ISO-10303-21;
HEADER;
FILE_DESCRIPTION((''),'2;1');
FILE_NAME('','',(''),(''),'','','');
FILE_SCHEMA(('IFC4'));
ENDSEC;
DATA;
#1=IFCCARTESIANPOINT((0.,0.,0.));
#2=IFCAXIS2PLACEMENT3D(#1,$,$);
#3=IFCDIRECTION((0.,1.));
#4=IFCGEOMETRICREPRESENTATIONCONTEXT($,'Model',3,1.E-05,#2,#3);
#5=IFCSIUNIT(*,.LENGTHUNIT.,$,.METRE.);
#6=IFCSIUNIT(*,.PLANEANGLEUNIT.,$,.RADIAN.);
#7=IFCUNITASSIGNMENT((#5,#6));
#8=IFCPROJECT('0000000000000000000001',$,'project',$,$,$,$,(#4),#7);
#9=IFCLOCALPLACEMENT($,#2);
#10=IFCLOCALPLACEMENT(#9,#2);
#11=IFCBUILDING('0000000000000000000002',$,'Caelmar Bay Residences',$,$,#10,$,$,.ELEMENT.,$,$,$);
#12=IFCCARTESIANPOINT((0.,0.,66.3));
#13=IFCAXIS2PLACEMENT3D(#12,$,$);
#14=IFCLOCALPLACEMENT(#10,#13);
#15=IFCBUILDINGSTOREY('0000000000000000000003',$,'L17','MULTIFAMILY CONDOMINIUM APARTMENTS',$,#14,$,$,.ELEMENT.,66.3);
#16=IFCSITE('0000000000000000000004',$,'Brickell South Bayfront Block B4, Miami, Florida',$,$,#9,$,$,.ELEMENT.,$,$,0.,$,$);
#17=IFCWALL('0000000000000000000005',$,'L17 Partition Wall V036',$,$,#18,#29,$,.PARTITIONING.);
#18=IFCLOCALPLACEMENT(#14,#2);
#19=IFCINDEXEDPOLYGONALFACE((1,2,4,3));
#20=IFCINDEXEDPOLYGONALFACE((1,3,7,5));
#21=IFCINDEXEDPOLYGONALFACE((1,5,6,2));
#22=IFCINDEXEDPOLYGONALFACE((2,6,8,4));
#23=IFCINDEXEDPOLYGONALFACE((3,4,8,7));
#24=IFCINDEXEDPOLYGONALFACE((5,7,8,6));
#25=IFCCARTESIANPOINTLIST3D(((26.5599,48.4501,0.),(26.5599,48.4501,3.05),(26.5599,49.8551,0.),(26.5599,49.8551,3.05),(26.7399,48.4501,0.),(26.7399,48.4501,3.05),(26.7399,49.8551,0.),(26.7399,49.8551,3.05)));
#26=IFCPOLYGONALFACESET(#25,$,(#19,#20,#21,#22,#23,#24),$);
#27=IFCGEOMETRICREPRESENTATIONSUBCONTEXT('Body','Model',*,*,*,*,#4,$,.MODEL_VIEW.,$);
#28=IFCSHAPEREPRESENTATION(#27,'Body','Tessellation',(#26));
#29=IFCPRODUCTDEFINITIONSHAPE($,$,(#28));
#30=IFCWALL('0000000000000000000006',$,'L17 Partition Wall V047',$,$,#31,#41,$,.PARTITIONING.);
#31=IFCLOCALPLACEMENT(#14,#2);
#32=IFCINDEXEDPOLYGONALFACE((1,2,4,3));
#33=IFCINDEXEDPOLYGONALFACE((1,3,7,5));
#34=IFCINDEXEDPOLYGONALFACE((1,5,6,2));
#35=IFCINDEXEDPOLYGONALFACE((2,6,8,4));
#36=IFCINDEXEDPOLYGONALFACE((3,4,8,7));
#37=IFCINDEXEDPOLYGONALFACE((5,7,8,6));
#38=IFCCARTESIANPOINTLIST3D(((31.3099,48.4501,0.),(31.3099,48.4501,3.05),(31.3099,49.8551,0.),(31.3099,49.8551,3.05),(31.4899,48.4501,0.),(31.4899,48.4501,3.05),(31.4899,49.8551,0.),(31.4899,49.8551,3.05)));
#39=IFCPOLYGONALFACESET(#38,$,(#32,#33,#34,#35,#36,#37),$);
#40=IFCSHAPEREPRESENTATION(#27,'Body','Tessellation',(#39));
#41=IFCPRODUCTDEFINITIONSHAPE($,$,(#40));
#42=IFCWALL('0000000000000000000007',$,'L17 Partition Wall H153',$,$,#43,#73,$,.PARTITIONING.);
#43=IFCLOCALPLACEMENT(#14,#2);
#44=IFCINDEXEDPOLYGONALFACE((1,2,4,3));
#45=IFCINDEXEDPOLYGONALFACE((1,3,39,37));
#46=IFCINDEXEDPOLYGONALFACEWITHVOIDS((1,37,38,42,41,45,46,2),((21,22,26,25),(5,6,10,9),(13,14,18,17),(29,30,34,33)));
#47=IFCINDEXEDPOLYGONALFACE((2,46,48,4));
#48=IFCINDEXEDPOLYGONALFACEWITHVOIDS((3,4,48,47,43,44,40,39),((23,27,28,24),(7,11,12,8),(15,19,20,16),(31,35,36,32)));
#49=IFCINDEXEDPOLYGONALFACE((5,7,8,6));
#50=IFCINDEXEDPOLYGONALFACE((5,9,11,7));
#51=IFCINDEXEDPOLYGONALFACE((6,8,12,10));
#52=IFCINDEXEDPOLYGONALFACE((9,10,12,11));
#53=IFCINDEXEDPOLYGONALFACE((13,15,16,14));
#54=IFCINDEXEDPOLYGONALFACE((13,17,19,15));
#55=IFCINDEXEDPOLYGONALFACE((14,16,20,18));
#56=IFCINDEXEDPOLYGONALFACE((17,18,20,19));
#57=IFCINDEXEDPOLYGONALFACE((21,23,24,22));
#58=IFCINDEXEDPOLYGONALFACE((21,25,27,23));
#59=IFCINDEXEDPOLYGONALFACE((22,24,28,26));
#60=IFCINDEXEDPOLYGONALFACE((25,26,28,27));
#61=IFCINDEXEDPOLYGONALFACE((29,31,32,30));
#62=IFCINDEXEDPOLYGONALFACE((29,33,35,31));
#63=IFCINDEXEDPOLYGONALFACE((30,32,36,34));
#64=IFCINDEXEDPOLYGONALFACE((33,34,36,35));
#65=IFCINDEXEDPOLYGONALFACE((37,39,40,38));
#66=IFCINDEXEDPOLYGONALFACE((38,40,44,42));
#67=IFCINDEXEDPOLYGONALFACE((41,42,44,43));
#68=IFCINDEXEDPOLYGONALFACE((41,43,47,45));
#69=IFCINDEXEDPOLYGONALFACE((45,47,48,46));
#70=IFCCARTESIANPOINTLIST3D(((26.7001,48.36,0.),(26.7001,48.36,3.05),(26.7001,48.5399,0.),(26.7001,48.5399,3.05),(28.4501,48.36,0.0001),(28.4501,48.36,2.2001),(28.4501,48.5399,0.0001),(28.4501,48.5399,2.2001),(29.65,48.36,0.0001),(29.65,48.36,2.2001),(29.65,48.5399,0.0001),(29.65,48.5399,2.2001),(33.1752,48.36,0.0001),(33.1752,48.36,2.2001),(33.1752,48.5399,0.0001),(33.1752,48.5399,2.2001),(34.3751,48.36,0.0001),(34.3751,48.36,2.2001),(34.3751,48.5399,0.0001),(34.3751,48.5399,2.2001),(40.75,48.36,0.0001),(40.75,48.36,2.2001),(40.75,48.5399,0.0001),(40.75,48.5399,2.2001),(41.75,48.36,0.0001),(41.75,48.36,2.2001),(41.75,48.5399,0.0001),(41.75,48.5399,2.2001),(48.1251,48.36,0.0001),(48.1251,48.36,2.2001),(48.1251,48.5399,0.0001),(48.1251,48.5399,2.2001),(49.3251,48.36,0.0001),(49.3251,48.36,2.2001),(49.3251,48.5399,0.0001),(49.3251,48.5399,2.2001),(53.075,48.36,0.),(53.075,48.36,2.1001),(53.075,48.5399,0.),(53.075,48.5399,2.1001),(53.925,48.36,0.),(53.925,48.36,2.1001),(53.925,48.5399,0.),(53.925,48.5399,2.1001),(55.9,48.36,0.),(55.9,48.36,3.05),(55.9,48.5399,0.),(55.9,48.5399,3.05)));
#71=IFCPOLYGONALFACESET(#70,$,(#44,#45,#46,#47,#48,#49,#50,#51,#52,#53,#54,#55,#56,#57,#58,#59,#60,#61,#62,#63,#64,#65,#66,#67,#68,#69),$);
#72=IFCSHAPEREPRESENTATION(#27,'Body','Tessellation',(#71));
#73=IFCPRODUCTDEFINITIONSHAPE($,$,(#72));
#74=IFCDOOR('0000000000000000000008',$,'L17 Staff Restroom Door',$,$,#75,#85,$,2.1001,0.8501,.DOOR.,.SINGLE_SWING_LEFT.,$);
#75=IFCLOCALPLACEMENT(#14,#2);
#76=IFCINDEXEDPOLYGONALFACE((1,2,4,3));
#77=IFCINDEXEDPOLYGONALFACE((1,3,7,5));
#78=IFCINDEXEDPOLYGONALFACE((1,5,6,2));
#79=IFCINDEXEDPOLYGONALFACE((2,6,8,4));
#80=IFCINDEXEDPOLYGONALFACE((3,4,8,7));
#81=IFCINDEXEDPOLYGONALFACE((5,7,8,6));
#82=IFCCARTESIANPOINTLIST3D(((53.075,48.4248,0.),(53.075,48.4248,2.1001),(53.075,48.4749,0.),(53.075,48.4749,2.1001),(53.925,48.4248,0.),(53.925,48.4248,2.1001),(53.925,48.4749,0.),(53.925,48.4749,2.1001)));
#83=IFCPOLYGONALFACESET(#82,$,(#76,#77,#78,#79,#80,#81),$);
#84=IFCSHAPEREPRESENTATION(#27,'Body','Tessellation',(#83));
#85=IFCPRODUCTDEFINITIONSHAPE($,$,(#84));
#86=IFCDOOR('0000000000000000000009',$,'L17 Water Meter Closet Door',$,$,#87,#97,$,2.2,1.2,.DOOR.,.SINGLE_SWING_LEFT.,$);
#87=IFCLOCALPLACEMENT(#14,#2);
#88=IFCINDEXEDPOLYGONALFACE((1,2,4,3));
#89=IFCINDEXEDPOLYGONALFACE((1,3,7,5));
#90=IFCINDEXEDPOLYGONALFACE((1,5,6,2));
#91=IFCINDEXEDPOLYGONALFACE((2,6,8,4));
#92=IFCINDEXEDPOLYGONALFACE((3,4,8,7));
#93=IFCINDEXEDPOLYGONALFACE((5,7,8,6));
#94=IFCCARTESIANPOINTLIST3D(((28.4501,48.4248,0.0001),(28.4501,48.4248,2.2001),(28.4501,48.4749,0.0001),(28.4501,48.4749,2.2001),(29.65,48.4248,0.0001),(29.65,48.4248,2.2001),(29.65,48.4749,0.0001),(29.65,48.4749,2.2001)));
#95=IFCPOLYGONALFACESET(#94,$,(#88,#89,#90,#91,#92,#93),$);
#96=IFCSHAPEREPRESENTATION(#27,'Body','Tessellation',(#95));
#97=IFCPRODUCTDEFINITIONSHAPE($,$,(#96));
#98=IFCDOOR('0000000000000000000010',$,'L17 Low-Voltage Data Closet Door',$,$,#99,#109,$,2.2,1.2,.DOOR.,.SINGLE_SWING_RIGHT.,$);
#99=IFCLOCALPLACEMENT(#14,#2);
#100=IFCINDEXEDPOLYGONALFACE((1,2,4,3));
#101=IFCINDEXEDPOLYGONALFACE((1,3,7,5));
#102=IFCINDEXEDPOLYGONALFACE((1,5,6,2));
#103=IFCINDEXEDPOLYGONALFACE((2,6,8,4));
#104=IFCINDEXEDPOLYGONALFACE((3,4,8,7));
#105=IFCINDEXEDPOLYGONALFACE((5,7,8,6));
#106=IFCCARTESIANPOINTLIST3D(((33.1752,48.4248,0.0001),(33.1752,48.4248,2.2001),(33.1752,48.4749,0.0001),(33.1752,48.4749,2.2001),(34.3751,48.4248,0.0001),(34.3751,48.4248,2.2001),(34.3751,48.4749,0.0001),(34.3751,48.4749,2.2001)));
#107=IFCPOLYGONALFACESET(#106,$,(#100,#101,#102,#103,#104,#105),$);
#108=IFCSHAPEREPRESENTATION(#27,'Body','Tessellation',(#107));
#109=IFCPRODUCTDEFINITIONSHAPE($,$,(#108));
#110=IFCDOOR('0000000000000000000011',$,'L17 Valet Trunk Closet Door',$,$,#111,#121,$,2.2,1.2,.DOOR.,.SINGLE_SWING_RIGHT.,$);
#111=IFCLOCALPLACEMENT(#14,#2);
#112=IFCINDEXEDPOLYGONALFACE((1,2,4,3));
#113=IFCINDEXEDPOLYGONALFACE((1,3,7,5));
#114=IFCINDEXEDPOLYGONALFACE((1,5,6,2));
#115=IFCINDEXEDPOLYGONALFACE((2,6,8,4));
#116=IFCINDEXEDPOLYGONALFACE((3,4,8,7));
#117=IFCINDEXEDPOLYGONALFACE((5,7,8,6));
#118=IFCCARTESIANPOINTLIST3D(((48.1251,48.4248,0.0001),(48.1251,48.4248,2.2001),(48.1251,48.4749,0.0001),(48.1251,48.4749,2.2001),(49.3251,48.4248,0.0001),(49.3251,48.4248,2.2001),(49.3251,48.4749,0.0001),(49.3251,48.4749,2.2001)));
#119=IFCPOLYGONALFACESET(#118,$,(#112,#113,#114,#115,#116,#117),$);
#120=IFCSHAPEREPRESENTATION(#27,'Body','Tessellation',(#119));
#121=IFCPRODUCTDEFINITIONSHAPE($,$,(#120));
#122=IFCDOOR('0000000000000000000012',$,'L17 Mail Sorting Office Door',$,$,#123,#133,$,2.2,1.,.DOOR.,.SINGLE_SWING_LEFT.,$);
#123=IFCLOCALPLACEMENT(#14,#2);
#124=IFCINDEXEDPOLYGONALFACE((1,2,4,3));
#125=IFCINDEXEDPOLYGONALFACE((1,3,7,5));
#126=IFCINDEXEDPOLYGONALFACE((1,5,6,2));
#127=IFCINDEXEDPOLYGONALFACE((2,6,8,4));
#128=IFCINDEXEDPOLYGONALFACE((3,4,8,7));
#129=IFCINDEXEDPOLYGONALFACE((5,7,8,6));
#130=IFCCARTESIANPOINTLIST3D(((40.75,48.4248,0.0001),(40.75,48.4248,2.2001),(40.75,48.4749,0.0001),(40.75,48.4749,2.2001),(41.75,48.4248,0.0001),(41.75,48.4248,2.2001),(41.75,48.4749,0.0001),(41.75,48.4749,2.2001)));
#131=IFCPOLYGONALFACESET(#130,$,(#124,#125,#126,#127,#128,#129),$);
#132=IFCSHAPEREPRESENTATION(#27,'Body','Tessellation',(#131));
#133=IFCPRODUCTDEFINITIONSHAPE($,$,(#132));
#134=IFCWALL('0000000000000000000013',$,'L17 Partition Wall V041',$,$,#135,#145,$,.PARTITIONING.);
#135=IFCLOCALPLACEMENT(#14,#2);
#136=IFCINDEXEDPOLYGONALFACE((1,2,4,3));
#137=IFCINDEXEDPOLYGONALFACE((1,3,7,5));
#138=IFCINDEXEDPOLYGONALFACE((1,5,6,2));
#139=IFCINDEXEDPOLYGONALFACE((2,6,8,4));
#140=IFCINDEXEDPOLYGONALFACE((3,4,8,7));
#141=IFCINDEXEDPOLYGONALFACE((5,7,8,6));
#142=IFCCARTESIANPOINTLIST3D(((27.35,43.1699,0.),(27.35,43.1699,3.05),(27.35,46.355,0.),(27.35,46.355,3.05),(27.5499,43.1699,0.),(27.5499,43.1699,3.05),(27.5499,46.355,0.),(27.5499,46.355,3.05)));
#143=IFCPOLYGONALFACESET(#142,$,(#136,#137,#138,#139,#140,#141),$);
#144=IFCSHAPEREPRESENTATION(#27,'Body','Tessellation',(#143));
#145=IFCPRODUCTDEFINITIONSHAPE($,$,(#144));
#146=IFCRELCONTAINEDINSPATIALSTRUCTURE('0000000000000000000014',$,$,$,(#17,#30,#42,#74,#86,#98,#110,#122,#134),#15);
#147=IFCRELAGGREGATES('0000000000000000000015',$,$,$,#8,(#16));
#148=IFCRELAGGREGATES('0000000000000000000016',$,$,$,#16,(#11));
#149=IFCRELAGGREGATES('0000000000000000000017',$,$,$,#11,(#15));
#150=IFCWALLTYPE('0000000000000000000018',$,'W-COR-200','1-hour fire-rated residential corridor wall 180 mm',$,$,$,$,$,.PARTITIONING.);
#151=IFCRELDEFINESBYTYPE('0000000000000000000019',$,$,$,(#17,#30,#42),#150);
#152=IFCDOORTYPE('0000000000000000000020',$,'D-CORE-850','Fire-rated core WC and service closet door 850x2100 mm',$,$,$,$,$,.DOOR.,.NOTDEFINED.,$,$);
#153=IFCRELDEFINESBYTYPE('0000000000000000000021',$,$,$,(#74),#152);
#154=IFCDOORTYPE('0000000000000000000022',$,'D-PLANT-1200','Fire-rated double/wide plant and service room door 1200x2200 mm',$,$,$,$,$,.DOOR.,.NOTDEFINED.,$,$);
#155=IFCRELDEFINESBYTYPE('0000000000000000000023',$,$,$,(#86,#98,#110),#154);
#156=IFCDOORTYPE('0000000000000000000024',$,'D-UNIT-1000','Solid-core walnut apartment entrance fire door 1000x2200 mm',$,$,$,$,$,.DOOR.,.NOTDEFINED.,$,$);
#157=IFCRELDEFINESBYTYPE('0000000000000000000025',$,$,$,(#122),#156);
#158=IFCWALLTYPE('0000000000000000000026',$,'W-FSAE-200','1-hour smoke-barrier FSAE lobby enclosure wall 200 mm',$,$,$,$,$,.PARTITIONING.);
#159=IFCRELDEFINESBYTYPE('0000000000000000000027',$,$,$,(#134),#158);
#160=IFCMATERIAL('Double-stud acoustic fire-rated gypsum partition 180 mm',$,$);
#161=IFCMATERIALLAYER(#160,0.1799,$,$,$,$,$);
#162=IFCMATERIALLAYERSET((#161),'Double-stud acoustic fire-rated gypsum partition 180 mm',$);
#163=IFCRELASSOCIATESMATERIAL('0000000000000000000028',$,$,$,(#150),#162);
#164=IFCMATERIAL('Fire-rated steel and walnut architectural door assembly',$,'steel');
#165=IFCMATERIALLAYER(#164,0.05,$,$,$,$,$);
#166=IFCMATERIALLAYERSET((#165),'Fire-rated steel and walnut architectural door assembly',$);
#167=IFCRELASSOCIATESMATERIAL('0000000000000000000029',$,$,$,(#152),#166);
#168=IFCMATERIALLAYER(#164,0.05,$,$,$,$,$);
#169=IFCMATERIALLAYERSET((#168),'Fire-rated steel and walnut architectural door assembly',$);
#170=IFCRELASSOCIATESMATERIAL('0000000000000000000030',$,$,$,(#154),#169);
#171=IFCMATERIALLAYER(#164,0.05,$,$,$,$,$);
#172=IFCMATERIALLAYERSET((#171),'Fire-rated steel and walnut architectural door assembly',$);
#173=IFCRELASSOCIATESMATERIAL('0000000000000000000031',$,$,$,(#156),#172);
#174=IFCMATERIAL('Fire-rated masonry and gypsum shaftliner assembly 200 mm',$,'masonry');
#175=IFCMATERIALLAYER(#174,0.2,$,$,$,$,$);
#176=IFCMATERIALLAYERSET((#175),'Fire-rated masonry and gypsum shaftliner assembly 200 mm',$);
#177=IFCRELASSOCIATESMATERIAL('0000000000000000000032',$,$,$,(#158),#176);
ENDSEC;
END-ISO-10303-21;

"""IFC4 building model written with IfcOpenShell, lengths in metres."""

from ifc_helpers import new_model, si_unit, direction, frame, frame_2d, origin, place, context, subcontext, project, spatial, rectangle, extrude, material, layer, layer_set, type_object, element, fill, save


model = new_model("IFC4")

# Units and contexts
model_context = context("Model", 3, precision=1e-05, world=origin(), true_north=direction((0.0, 1.0)))
body_context = subcontext(model_context, "Body", "Model", "MODEL_VIEW")
ifc_project = project(units=[si_unit("LENGTHUNIT", "METRE"), si_unit("PLANEANGLEUNIT", "RADIAN")], contexts=[model_context])

# Site, building, storey
site_placement = place(None, origin())
site = spatial("IfcSite", under=ifc_project, at=site_placement, Name="Brickell South Bayfront Block B4, Miami, Florida", CompositionType="ELEMENT", RefElevation=0.0)
building_placement = place(site_placement, origin())
building = spatial("IfcBuilding", under=site, at=building_placement, Name="Caelmar Bay Residences", CompositionType="ELEMENT")
storey_placement = place(building_placement, frame((0.0, 0.0, 66.3)))
storey = spatial("IfcBuildingStorey", under=building, at=storey_placement, Name="L17", Description="MULTIFAMILY CONDOMINIUM APARTMENTS", CompositionType="ELEMENT", Elevation=66.3)

# Walls
ifc_material_1 = material(Name="Double-stud acoustic fire-rated gypsum partition 180 mm")
ifc_layer_1 = layer(ifc_material_1, 0.1799)
ifc_layer_set_1 = layer_set([ifc_layer_1], Name="Double-stud acoustic fire-rated gypsum partition 180 mm")
wall_type_1 = type_object("IfcWallType", Name="W-COR-200", Description="1-hour fire-rated residential corridor wall 180 mm", PredefinedType="PARTITIONING", material=ifc_layer_set_1)
for number, where, z_axis, x_axis, name in (
    (1, (26.6499, 48.45, 0.0), (0.0, 0.0, 1.0), (0.0, 1.0, 0.0), "L17 Partition Wall V036"),
    (2, (31.3999, 48.45, 0.0), (0.0, 0.0, 1.0), (0.0, 1.0, 0.0), "L17 Partition Wall V047"),
):
    element("IfcWall", number, at=place(storey_placement, frame(where, z_axis=z_axis, x_axis=x_axis)), inside=storey, type_object=wall_type_1, Name=name, PredefinedType="PARTITIONING", context=body_context, shape_type="SweptSolid", body=[
        extrude(rectangle(XDim=1.405, YDim=0.1799, at=frame_2d((0.7026, 0.0))), origin(), (0.0, 0.0, 1.0), 3.05),
    ])

# Wall, openings, doors
wall_1_placement = place(storey_placement, frame((26.7, 48.45, 0.0), z_axis=(0.0, 0.0, 1.0), x_axis=(1.0, 0.0, 0.0)))
wall_1 = element("IfcWall", 3, at=wall_1_placement, inside=storey, type_object=wall_type_1, Name="L17 Partition Wall H153", PredefinedType="PARTITIONING", context=body_context, shape_type="SweptSolid", body=[
    extrude(rectangle(XDim=29.2, YDim=0.1799, at=frame_2d((14.6001, 0.0))), origin(), (0.0, 0.0, 1.0), 3.05),
])
opening_1_placement = place(wall_1_placement, frame((1.75, 0.0, 0.0)))
opening_1 = element("IfcOpeningElement", 4, at=opening_1_placement, cuts=wall_1, PredefinedType="OPENING", context=body_context, shape_type="SweptSolid", body=[
    extrude(rectangle(XDim=1.2, YDim=2.2, at=frame_2d((0.6001, 1.1001))), frame((0.0, 0.0999, 0.0), z_axis=(0.0, -1.0, 0.0), x_axis=(1.0, 0.0, 0.0)), (0.0, 0.0, 1.0), 0.2),
])
opening_2_placement = place(wall_1_placement, frame((6.4751, 0.0, 0.0)))
opening_2 = element("IfcOpeningElement", 5, at=opening_2_placement, cuts=wall_1, PredefinedType="OPENING", context=body_context, shape_type="SweptSolid", body=[
    extrude(rectangle(XDim=1.2, YDim=2.2, at=frame_2d((0.6001, 1.1001))), frame((0.0, 0.0999, 0.0), z_axis=(0.0, -1.0, 0.0), x_axis=(1.0, 0.0, 0.0)), (0.0, 0.0, 1.0), 0.2),
])
opening_3_placement = place(wall_1_placement, frame((14.05, 0.0, 0.0)))
opening_3 = element("IfcOpeningElement", 6, at=opening_3_placement, cuts=wall_1, PredefinedType="OPENING", context=body_context, shape_type="SweptSolid", body=[
    extrude(rectangle(XDim=1.0, YDim=2.2, at=frame_2d((0.5, 1.1001))), frame((0.0, 0.0999, 0.0), z_axis=(0.0, -1.0, 0.0), x_axis=(1.0, 0.0, 0.0)), (0.0, 0.0, 1.0), 0.2),
])
opening_4_placement = place(wall_1_placement, frame((21.425, 0.0, 0.0)))
opening_4 = element("IfcOpeningElement", 7, at=opening_4_placement, cuts=wall_1, PredefinedType="OPENING", context=body_context, shape_type="SweptSolid", body=[
    extrude(rectangle(XDim=1.2, YDim=2.2, at=frame_2d((0.6001, 1.1001))), frame((0.0, 0.0999, 0.0), z_axis=(0.0, -1.0, 0.0), x_axis=(1.0, 0.0, 0.0)), (0.0, 0.0, 1.0), 0.2),
])
opening_5_placement = place(wall_1_placement, frame((26.375, 0.0, 0.0)))
opening_5 = element("IfcOpeningElement", 8, at=opening_5_placement, cuts=wall_1, PredefinedType="OPENING", context=body_context, shape_type="SweptSolid", body=[
    extrude(rectangle(XDim=0.8501, YDim=2.1001, at=frame_2d((0.425, 1.05))), frame((0.0, 0.0999, 0.0), z_axis=(0.0, -1.0, 0.0), x_axis=(1.0, 0.0, 0.0)), (0.0, 0.0, 1.0), 0.2),
])
ifc_material_2 = material(Name="Fire-rated steel and walnut architectural door assembly", Category="steel")
ifc_layer_2 = layer(ifc_material_2, 0.05)
ifc_layer_set_2 = layer_set([ifc_layer_2], Name="Fire-rated steel and walnut architectural door assembly")
door_type_1 = type_object("IfcDoorType", Name="D-CORE-850", Description="Fire-rated core WC and service closet door 850x2100 mm", OperationType="NOTDEFINED", PredefinedType="DOOR", material=ifc_layer_set_2)
door_1_placement = place(opening_5_placement, origin())
door_1 = element("IfcDoor", 9, at=door_1_placement, inside=storey, type_object=door_type_1, Name="L17 Staff Restroom Door", OperationType="SINGLE_SWING_LEFT", OverallHeight=2.1001, OverallWidth=0.8501, PredefinedType="DOOR", context=body_context, shape_type="SweptSolid", body=[
    extrude(rectangle(XDim=0.8501, YDim=2.1001, at=frame_2d((0.425, 1.05))), frame((0.0, 0.0249, 0.0), z_axis=(0.0, -1.0, 0.0), x_axis=(1.0, 0.0, 0.0)), (0.0, 0.0, 1.0), 0.05),
])
fill(opening_5, door_1)
ifc_layer_3 = layer(ifc_material_2, 0.05)
ifc_layer_set_3 = layer_set([ifc_layer_3], Name="Fire-rated steel and walnut architectural door assembly")
door_type_2 = type_object("IfcDoorType", Name="D-PLANT-1200", Description="Fire-rated double/wide plant and service room door 1200x2200 mm", OperationType="NOTDEFINED", PredefinedType="DOOR", material=ifc_layer_set_3)
door_2_placement = place(opening_1_placement, origin())
door_2 = element("IfcDoor", 10, at=door_2_placement, inside=storey, type_object=door_type_2, Name="L17 Water Meter Closet Door", OperationType="SINGLE_SWING_LEFT", OverallHeight=2.2, OverallWidth=1.2, PredefinedType="DOOR", context=body_context, shape_type="SweptSolid", body=[
    extrude(rectangle(XDim=1.2, YDim=2.2, at=frame_2d((0.6001, 1.1001))), frame((0.0, 0.0249, 0.0), z_axis=(0.0, -1.0, 0.0), x_axis=(1.0, 0.0, 0.0)), (0.0, 0.0, 1.0), 0.05),
])
fill(opening_1, door_2)
door_3_placement = place(opening_2_placement, origin())
door_3 = element("IfcDoor", 11, at=door_3_placement, inside=storey, type_object=door_type_2, Name="L17 Low-Voltage Data Closet Door", OperationType="SINGLE_SWING_RIGHT", OverallHeight=2.2, OverallWidth=1.2, PredefinedType="DOOR", context=body_context, shape_type="SweptSolid", body=[
    extrude(rectangle(XDim=1.2, YDim=2.2, at=frame_2d((0.6001, 1.1001))), frame((0.0, 0.0249, 0.0), z_axis=(0.0, -1.0, 0.0), x_axis=(1.0, 0.0, 0.0)), (0.0, 0.0, 1.0), 0.05),
])
fill(opening_2, door_3)
door_4_placement = place(opening_4_placement, origin())
door_4 = element("IfcDoor", 12, at=door_4_placement, inside=storey, type_object=door_type_2, Name="L17 Valet Trunk Closet Door", OperationType="SINGLE_SWING_RIGHT", OverallHeight=2.2, OverallWidth=1.2, PredefinedType="DOOR", context=body_context, shape_type="SweptSolid", body=[
    extrude(rectangle(XDim=1.2, YDim=2.2, at=frame_2d((0.6001, 1.1001))), frame((0.0, 0.0249, 0.0), z_axis=(0.0, -1.0, 0.0), x_axis=(1.0, 0.0, 0.0)), (0.0, 0.0, 1.0), 0.05),
])
fill(opening_4, door_4)
ifc_layer_4 = layer(ifc_material_2, 0.05)
ifc_layer_set_4 = layer_set([ifc_layer_4], Name="Fire-rated steel and walnut architectural door assembly")
door_type_3 = type_object("IfcDoorType", Name="D-UNIT-1000", Description="Solid-core walnut apartment entrance fire door 1000x2200 mm", OperationType="NOTDEFINED", PredefinedType="DOOR", material=ifc_layer_set_4)
door_5_placement = place(opening_3_placement, origin())
door_5 = element("IfcDoor", 13, at=door_5_placement, inside=storey, type_object=door_type_3, Name="L17 Mail Sorting Office Door", OperationType="SINGLE_SWING_LEFT", OverallHeight=2.2, OverallWidth=1.0, PredefinedType="DOOR", context=body_context, shape_type="SweptSolid", body=[
    extrude(rectangle(XDim=1.0, YDim=2.2, at=frame_2d((0.5, 1.1001))), frame((0.0, 0.0249, 0.0), z_axis=(0.0, -1.0, 0.0), x_axis=(1.0, 0.0, 0.0)), (0.0, 0.0, 1.0), 0.05),
])
fill(opening_3, door_5)

# Wall
ifc_material_3 = material(Name="Fire-rated masonry and gypsum shaftliner assembly 200 mm", Category="masonry")
ifc_layer_5 = layer(ifc_material_3, 0.2)
ifc_layer_set_5 = layer_set([ifc_layer_5], Name="Fire-rated masonry and gypsum shaftliner assembly 200 mm")
wall_type_2 = type_object("IfcWallType", Name="W-FSAE-200", Description="1-hour smoke-barrier FSAE lobby enclosure wall 200 mm", PredefinedType="PARTITIONING", material=ifc_layer_set_5)
wall_2_placement = place(storey_placement, frame((27.45, 43.1699, 0.0), z_axis=(0.0, 0.0, 1.0), x_axis=(0.0, 1.0, 0.0)))
element("IfcWall", 14, at=wall_2_placement, inside=storey, type_object=wall_type_2, Name="L17 Partition Wall V041", PredefinedType="PARTITIONING", context=body_context, shape_type="SweptSolid", body=[
    extrude(rectangle(XDim=3.1851, YDim=0.2, at=frame_2d((1.5925, 0.0))), origin(), (0.0, 0.0, 1.0), 3.05),
])

save(model, "model.ifc")
